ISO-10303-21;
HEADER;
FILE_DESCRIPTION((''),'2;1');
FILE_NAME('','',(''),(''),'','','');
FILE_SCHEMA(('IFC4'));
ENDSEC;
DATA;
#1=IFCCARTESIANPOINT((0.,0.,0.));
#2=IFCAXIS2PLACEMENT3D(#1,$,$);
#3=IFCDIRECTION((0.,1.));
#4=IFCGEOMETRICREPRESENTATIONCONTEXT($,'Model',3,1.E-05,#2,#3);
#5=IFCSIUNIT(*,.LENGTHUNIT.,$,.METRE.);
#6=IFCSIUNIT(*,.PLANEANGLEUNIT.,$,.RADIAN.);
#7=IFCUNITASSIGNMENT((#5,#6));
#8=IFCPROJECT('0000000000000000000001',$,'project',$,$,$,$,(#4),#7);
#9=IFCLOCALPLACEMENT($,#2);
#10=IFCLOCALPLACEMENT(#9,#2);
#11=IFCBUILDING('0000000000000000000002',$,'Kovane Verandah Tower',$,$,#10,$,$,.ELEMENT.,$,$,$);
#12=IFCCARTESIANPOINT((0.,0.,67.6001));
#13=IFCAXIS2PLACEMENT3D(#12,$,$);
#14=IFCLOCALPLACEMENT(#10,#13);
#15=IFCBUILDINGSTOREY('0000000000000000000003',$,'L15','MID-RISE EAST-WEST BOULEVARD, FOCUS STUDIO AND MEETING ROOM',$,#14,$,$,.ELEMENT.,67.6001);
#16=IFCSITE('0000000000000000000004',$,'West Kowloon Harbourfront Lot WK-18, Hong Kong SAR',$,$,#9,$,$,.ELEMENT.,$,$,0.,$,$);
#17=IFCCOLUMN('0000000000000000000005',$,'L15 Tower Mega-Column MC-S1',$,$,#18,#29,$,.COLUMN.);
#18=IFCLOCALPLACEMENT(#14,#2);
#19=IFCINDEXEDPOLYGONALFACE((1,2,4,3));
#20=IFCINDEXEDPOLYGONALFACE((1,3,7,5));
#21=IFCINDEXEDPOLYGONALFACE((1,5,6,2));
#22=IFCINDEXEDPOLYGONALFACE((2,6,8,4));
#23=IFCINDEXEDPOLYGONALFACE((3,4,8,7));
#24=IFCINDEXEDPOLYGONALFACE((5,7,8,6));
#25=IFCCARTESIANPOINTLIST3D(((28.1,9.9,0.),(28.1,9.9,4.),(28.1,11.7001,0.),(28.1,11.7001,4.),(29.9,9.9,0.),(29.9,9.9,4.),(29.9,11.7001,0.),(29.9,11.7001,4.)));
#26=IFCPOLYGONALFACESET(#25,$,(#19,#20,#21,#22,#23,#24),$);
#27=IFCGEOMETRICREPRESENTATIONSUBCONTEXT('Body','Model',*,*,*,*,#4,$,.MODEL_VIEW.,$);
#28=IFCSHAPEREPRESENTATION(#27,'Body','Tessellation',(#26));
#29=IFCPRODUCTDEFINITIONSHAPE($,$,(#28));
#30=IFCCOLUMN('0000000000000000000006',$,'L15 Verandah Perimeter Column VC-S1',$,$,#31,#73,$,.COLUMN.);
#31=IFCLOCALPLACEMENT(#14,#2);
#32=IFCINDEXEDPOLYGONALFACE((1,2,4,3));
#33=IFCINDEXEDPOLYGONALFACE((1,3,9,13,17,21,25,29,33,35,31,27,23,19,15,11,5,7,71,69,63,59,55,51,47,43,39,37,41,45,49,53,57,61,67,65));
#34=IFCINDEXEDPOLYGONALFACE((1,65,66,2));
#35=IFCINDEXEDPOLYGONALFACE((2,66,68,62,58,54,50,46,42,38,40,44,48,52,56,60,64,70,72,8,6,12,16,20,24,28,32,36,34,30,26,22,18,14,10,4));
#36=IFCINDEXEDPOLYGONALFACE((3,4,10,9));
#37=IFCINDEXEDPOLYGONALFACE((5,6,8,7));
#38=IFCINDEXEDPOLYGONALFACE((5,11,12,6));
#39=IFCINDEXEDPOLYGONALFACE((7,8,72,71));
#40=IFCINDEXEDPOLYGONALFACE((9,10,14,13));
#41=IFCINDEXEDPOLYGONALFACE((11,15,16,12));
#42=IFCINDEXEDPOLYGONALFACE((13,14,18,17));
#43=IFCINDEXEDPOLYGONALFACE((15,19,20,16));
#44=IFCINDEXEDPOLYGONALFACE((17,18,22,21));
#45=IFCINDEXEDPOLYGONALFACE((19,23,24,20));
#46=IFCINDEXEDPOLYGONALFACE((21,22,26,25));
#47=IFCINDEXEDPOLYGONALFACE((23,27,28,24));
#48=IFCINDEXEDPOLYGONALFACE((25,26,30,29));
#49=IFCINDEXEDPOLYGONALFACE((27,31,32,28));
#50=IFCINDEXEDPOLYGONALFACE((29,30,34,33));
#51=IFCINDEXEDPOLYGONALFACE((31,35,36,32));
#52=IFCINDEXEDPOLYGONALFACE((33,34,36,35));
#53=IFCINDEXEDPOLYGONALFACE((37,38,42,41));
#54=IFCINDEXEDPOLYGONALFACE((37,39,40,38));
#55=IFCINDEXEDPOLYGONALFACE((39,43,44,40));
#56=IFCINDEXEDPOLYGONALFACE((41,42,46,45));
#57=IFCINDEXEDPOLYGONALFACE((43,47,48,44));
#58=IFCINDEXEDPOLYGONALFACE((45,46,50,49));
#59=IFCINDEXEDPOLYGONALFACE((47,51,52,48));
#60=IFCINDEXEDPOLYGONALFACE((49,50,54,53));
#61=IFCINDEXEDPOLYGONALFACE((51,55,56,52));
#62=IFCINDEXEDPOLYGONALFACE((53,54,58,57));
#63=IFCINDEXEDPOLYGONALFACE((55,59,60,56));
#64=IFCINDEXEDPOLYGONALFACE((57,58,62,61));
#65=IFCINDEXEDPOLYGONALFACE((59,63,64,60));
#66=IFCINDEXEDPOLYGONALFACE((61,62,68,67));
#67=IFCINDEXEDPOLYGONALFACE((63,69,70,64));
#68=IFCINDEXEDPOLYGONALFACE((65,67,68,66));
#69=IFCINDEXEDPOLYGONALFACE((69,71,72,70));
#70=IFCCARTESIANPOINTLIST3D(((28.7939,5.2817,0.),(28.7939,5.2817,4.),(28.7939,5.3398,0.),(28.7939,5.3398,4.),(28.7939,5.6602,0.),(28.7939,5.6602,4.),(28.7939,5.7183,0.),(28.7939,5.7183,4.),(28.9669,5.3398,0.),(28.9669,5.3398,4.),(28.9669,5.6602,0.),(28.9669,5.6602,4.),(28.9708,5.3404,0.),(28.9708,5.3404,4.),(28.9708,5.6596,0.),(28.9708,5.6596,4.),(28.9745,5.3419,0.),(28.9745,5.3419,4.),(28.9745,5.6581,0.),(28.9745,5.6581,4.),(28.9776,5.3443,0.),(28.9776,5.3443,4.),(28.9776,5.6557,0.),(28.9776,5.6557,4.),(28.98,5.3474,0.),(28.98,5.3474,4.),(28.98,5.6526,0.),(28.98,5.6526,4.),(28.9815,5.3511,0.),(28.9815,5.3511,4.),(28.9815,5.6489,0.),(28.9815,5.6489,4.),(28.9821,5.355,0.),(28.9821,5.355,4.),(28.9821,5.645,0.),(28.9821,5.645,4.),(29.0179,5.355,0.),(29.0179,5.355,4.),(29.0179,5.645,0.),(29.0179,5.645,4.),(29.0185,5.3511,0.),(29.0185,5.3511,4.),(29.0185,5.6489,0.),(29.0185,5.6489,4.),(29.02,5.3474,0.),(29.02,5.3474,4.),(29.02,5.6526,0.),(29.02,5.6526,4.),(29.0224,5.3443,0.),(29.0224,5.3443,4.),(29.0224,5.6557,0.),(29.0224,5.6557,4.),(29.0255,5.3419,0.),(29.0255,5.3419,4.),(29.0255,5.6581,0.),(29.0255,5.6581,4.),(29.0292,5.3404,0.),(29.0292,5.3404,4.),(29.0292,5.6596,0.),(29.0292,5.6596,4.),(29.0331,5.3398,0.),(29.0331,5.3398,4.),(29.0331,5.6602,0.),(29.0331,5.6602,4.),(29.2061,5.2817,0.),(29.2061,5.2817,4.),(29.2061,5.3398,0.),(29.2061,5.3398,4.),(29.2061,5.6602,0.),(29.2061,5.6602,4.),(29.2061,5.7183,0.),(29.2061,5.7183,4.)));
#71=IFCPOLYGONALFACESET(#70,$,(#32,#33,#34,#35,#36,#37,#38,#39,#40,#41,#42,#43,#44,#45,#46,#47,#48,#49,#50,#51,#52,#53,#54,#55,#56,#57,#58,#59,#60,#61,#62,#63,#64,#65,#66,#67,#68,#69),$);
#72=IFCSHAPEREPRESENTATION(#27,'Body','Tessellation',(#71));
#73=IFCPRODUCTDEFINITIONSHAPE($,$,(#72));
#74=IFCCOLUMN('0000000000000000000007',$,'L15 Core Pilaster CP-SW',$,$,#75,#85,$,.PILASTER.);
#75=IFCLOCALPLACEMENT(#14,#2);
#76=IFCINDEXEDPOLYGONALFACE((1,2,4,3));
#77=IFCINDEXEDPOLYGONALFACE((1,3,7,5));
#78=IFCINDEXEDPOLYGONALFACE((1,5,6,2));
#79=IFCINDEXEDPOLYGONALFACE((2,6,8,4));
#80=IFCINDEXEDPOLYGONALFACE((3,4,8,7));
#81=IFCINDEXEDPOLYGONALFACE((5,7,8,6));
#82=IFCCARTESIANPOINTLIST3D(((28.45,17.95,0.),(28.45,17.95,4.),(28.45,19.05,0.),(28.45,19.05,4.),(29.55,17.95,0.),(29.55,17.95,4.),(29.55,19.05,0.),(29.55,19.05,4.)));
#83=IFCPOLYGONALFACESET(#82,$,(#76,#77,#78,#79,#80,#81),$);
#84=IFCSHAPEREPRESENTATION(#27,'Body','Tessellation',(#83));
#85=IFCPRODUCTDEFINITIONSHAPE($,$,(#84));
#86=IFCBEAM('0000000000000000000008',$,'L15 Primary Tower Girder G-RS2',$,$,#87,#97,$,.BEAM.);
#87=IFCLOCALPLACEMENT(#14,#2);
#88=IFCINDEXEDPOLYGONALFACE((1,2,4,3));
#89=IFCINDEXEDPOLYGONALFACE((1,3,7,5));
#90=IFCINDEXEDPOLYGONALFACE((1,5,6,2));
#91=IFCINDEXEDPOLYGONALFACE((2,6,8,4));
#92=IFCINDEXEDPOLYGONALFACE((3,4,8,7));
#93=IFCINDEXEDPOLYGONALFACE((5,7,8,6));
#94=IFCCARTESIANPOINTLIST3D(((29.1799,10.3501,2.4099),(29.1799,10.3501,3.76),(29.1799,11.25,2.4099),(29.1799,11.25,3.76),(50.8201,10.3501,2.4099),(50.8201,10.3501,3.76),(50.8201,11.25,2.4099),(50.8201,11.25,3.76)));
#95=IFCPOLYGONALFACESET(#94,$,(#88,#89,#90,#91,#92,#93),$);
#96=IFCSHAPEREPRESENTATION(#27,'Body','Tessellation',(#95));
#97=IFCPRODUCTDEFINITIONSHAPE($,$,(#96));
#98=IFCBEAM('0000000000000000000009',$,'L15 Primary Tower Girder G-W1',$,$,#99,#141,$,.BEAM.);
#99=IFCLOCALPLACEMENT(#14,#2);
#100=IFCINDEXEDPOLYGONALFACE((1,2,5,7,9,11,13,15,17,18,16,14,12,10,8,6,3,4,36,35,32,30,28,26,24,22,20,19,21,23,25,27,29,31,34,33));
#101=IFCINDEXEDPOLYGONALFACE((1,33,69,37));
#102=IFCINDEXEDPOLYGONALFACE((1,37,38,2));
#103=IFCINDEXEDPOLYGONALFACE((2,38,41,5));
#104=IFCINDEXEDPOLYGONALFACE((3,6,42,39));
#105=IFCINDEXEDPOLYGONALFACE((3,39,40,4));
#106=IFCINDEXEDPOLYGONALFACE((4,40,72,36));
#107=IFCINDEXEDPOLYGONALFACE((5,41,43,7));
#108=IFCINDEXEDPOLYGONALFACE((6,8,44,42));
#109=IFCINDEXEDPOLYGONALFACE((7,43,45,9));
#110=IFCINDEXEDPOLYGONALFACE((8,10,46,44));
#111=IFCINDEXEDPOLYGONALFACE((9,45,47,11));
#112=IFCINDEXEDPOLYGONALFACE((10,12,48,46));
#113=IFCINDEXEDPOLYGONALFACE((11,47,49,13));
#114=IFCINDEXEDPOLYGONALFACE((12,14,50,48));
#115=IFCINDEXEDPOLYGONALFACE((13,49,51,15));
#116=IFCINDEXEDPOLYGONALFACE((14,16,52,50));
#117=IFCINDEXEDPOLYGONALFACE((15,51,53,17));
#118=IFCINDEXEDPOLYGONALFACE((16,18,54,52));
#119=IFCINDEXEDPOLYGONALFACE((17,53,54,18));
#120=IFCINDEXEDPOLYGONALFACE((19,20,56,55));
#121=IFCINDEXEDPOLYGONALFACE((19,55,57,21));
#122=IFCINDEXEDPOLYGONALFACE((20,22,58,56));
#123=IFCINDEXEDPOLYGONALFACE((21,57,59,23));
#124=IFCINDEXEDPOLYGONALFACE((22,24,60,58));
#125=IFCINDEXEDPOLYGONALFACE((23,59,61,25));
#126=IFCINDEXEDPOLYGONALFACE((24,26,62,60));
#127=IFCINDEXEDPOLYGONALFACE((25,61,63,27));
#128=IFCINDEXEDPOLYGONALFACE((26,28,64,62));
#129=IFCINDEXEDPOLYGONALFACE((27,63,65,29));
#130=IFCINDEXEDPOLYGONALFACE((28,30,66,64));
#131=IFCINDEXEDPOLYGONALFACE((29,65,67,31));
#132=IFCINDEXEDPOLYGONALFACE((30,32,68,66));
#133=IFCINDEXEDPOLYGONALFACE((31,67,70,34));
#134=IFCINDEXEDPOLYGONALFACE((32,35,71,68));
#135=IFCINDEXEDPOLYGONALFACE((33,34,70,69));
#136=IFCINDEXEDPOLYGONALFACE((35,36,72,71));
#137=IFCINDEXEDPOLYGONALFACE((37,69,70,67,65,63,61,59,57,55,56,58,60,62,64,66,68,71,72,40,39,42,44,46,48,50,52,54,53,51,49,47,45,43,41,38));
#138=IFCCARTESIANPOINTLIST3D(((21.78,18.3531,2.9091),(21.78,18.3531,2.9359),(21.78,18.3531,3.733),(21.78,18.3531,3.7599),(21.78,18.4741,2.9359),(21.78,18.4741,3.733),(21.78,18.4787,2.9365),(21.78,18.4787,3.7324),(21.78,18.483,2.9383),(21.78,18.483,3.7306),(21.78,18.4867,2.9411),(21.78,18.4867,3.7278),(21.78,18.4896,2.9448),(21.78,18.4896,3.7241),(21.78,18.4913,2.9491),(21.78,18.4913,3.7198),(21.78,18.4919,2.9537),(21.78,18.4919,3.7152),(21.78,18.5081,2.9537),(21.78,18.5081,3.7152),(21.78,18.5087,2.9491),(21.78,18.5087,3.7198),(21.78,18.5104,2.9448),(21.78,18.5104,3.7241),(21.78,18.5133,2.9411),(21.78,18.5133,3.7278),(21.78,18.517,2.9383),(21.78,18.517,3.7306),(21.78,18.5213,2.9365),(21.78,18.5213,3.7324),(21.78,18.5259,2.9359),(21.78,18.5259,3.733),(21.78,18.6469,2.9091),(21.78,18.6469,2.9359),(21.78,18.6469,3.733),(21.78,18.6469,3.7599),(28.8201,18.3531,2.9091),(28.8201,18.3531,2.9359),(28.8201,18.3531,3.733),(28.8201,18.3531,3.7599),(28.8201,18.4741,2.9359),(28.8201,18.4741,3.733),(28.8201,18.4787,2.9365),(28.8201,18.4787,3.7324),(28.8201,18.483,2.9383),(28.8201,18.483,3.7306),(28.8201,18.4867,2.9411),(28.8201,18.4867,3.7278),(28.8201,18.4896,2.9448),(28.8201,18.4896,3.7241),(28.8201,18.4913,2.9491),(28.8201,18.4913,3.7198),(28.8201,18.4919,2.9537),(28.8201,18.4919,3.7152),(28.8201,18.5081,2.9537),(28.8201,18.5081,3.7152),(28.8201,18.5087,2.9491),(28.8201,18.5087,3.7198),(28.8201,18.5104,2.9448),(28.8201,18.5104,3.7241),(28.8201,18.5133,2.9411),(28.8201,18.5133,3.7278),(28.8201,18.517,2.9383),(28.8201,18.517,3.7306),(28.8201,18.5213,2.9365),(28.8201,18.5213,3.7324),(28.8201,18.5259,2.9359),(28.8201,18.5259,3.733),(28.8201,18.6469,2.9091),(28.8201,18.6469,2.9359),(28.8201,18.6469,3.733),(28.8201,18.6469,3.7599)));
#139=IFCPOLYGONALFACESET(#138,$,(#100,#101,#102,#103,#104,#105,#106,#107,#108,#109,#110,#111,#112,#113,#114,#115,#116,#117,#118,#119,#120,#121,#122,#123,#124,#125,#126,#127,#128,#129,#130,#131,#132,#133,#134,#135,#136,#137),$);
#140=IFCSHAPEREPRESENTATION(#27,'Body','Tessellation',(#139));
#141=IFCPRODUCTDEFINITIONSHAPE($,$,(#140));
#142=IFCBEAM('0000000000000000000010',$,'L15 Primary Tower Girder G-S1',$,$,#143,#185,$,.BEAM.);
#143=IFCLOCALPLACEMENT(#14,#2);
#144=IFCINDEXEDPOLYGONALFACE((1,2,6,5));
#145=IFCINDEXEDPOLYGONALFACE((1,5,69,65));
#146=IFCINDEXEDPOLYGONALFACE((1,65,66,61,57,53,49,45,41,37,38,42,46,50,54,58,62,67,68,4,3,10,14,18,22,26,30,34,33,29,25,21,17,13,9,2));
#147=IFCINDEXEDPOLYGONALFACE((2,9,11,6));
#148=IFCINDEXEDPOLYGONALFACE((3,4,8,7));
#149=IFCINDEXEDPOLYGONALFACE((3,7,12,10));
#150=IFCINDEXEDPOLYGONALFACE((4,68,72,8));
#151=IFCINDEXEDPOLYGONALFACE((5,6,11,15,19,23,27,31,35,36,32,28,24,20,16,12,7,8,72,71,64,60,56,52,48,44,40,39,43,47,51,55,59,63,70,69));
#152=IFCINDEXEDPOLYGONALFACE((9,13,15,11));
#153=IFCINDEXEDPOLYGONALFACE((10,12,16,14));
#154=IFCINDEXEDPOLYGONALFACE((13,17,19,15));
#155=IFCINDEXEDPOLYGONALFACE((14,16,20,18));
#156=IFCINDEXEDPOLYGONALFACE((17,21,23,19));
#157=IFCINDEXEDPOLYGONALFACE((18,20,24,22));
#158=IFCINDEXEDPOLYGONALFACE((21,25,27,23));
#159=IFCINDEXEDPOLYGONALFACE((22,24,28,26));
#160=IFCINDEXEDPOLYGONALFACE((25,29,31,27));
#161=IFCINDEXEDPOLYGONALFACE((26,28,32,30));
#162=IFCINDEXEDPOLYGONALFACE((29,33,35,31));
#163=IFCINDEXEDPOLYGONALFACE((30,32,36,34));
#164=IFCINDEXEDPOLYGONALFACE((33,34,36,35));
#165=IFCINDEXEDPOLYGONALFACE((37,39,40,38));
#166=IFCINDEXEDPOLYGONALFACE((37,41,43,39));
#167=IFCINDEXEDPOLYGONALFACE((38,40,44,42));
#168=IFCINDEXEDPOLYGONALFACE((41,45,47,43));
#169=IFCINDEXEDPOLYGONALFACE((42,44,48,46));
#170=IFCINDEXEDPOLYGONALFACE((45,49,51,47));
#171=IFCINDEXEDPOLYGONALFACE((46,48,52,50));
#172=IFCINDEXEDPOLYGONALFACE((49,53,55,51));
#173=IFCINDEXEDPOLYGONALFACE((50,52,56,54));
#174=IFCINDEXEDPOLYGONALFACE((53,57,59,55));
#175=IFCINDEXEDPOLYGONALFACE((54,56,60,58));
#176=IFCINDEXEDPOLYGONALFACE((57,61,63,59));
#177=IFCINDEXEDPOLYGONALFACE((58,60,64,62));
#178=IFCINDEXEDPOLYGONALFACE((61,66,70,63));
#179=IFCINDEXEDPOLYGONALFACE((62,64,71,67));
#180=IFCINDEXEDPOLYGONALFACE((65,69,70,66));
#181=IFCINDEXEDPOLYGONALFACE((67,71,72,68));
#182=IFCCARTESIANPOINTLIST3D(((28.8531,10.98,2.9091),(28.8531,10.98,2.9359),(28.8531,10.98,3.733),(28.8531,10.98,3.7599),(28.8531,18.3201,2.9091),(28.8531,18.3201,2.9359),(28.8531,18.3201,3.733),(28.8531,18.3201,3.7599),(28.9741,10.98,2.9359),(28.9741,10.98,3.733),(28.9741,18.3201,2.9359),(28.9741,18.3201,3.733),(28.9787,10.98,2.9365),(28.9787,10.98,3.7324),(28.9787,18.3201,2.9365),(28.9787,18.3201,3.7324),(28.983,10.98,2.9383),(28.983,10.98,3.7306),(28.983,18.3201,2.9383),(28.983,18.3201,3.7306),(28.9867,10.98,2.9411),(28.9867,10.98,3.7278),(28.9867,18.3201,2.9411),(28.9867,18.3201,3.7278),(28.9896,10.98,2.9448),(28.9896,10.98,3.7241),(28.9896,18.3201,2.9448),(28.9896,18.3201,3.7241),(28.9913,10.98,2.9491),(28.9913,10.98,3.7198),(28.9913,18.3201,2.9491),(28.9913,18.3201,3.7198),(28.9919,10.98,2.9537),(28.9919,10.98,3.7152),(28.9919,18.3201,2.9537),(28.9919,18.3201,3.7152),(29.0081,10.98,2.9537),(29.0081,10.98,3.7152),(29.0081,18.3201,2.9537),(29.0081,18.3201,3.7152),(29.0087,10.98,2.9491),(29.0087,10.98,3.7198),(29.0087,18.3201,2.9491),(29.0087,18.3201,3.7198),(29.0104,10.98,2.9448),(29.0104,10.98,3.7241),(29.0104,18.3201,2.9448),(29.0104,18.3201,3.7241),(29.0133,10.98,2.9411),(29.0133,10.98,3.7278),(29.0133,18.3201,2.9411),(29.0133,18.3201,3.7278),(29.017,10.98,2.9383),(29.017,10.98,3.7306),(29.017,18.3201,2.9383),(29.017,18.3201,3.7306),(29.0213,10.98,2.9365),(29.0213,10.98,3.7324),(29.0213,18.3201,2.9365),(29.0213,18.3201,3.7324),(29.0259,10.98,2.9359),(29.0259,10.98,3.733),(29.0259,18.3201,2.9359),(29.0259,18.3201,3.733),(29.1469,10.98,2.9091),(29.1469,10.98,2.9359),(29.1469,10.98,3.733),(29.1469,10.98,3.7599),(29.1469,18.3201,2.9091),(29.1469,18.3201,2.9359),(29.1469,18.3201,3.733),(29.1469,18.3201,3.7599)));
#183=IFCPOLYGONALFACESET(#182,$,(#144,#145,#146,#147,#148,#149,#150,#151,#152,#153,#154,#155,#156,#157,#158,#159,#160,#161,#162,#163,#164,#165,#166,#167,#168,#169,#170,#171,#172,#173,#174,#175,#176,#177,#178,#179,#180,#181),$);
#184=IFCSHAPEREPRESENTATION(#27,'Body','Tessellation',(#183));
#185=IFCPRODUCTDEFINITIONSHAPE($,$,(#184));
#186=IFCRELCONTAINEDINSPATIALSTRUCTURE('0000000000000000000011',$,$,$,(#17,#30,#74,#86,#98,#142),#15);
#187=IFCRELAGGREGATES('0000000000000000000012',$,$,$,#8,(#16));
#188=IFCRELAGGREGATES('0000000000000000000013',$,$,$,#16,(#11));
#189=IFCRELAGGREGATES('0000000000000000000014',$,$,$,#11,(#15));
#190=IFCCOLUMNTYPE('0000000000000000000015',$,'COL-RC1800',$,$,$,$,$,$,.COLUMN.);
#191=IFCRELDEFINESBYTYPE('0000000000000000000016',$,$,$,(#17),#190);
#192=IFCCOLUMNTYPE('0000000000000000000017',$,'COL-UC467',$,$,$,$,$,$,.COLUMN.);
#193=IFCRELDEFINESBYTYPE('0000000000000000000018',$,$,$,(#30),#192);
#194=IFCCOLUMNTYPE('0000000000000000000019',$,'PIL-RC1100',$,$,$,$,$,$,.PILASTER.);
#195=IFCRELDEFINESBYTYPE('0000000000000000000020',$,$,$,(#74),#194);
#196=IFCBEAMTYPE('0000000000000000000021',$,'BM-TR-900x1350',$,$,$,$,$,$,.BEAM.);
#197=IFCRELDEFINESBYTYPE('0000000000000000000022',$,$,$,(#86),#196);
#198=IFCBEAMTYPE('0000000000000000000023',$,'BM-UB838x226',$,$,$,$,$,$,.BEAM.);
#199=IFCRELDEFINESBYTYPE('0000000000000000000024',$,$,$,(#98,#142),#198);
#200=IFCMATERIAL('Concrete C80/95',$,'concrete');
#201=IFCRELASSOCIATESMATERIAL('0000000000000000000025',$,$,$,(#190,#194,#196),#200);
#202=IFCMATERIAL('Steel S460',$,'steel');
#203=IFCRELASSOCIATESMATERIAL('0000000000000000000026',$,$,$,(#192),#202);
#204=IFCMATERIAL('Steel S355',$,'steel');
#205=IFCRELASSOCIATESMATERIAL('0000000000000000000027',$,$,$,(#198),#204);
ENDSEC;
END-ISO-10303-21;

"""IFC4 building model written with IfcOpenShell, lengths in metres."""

from ifc_helpers import new_model, si_unit, direction, frame, origin, origin_2d, place, context, subcontext, project, spatial, rectangle, i_section, extrude, material, material_profile, profile_set, type_object, element, save


model = new_model("IFC4")

# Units and contexts
model_context = context("Model", 3, precision=1e-05, world=origin(), true_north=direction((0.0, 1.0)))
body_context = subcontext(model_context, "Body", "Model", "MODEL_VIEW")
ifc_project = project(units=[si_unit("LENGTHUNIT", "METRE"), si_unit("PLANEANGLEUNIT", "RADIAN")], contexts=[model_context])

# Site, building, storey
site_placement = place(None, origin())
site = spatial("IfcSite", under=ifc_project, at=site_placement, Name="West Kowloon Harbourfront Lot WK-18, Hong Kong SAR", CompositionType="ELEMENT", RefElevation=0.0)
building_placement = place(site_placement, origin())
building = spatial("IfcBuilding", under=site, at=building_placement, Name="Kovane Verandah Tower", CompositionType="ELEMENT")
storey_placement = place(building_placement, frame((0.0, 0.0, 67.6001)))
storey = spatial("IfcBuildingStorey", under=building, at=storey_placement, Name="L15", Description="MID-RISE EAST-WEST BOULEVARD, FOCUS STUDIO AND MEETING ROOM", CompositionType="ELEMENT", Elevation=67.6001)

# Columns
ifc_material_1 = material(Name="Concrete C80/95", Category="concrete")
ifc_material_profile_1 = material_profile(ifc_material_1, rectangle(XDim=1.8, YDim=1.8, at=origin_2d()), Name="RC1800x1800")
ifc_profile_set_1 = profile_set([ifc_material_profile_1], Name="Concrete C80/95")
column_type_1 = type_object("IfcColumnType", Name="COL-RC1800", PredefinedType="COLUMN", material=ifc_profile_set_1)
column_1_placement = place(storey_placement, frame((29.0, 10.8, 0.0), z_axis=(0.0, 0.0, 1.0), x_axis=(1.0, 0.0, 0.0)))
element("IfcColumn", 1, at=column_1_placement, inside=storey, type_object=column_type_1, Name="L15 Tower Mega-Column MC-S1", PredefinedType="COLUMN", context=body_context, shape_type="SweptSolid", body=[
    extrude(rectangle(XDim=1.8, YDim=1.8, at=origin_2d()), origin(), (0.0, 0.0, 1.0), 4.0),
])
ifc_material_2 = material(Name="Steel S460", Category="steel")
ifc_material_profile_2 = material_profile(ifc_material_2, i_section(OverallWidth=0.4121, OverallDepth=0.4365, WebThickness=0.0359, FlangeThickness=0.0581, FilletRadius=0.0151, at=origin_2d()), Name="UC356x406x467")
ifc_profile_set_2 = profile_set([ifc_material_profile_2], Name="Steel S460")
column_type_2 = type_object("IfcColumnType", Name="COL-UC467", PredefinedType="COLUMN", material=ifc_profile_set_2)
column_2_placement = place(storey_placement, frame((29.0, 5.5, 0.0), z_axis=(0.0, 0.0, 1.0), x_axis=(1.0, 0.0, 0.0)))
element("IfcColumn", 2, at=column_2_placement, inside=storey, type_object=column_type_2, Name="L15 Verandah Perimeter Column VC-S1", PredefinedType="COLUMN", context=body_context, shape_type="SweptSolid", body=[
    extrude(i_section(OverallWidth=0.4121, OverallDepth=0.4365, WebThickness=0.0359, FlangeThickness=0.0581, FilletRadius=0.0151, at=origin_2d()), origin(), (0.0, 0.0, 1.0), 4.0),
])
ifc_material_profile_3 = material_profile(ifc_material_1, rectangle(XDim=1.1001, YDim=1.1001, at=origin_2d()), Name="RC1100x1100")
ifc_profile_set_3 = profile_set([ifc_material_profile_3], Name="Concrete C80/95")
column_type_3 = type_object("IfcColumnType", Name="PIL-RC1100", PredefinedType="PILASTER", material=ifc_profile_set_3)
column_3_placement = place(storey_placement, frame((29.0, 18.5, 0.0), z_axis=(0.0, 0.0, 1.0), x_axis=(1.0, 0.0, 0.0)))
element("IfcColumn", 3, at=column_3_placement, inside=storey, type_object=column_type_3, Name="L15 Core Pilaster CP-SW", PredefinedType="PILASTER", context=body_context, shape_type="SweptSolid", body=[
    extrude(rectangle(XDim=1.1001, YDim=1.1001, at=origin_2d()), origin(), (0.0, 0.0, 1.0), 4.0),
])

# Beams
ifc_material_profile_4 = material_profile(ifc_material_1, rectangle(XDim=0.8999, YDim=1.3501, at=origin_2d()), Name="RCB900x1350")
ifc_profile_set_4 = profile_set([ifc_material_profile_4], Name="Concrete C80/95")
beam_type_1 = type_object("IfcBeamType", Name="BM-TR-900x1350", PredefinedType="BEAM", material=ifc_profile_set_4)
beam_1_placement = place(storey_placement, frame((29.1799, 10.8, 3.085), z_axis=(1.0, 0.0, 0.0), x_axis=(0.0, 1.0, 0.0)))
element("IfcBeam", 4, at=beam_1_placement, inside=storey, type_object=beam_type_1, Name="L15 Primary Tower Girder G-RS2", PredefinedType="BEAM", context=body_context, shape_type="SweptSolid", body=[
    extrude(rectangle(XDim=0.8999, YDim=1.3501, at=origin_2d()), origin(), (0.0, 0.0, 1.0), 21.6401),
])
ifc_material_3 = material(Name="Steel S355", Category="steel")
ifc_material_profile_5 = material_profile(ifc_material_3, i_section(OverallWidth=0.2937, OverallDepth=0.8508, WebThickness=0.0161, FlangeThickness=0.0269, FilletRadius=0.0178, at=origin_2d()), Name="UB838x292x226")
ifc_profile_set_5 = profile_set([ifc_material_profile_5], Name="Steel S355")
beam_type_2 = type_object("IfcBeamType", Name="BM-UB838x226", PredefinedType="BEAM", material=ifc_profile_set_5)
beam_2_placement = place(storey_placement, frame((28.8201, 18.5, 3.3345), z_axis=(-1.0, 0.0, 0.0), x_axis=(0.0, -1.0, 0.0)))
element("IfcBeam", 5, at=beam_2_placement, inside=storey, type_object=beam_type_2, Name="L15 Primary Tower Girder G-W1", PredefinedType="BEAM", context=body_context, shape_type="SweptSolid", body=[
    extrude(i_section(OverallWidth=0.2937, OverallDepth=0.8508, WebThickness=0.0161, FlangeThickness=0.0269, FilletRadius=0.0178, at=origin_2d()), origin(), (0.0, 0.0, 1.0), 7.04),
])
beam_3_placement = place(storey_placement, frame((29.0, 18.3201, 3.3345), z_axis=(0.0, -1.0, 0.0), x_axis=(1.0, 0.0, 0.0)))
element("IfcBeam", 6, at=beam_3_placement, inside=storey, type_object=beam_type_2, Name="L15 Primary Tower Girder G-S1", PredefinedType="BEAM", context=body_context, shape_type="SweptSolid", body=[
    extrude(i_section(OverallWidth=0.2937, OverallDepth=0.8508, WebThickness=0.0161, FlangeThickness=0.0269, FilletRadius=0.0178, at=origin_2d()), origin(), (0.0, 0.0, 1.0), 7.3401),
])

save(model, "model.ifc")
